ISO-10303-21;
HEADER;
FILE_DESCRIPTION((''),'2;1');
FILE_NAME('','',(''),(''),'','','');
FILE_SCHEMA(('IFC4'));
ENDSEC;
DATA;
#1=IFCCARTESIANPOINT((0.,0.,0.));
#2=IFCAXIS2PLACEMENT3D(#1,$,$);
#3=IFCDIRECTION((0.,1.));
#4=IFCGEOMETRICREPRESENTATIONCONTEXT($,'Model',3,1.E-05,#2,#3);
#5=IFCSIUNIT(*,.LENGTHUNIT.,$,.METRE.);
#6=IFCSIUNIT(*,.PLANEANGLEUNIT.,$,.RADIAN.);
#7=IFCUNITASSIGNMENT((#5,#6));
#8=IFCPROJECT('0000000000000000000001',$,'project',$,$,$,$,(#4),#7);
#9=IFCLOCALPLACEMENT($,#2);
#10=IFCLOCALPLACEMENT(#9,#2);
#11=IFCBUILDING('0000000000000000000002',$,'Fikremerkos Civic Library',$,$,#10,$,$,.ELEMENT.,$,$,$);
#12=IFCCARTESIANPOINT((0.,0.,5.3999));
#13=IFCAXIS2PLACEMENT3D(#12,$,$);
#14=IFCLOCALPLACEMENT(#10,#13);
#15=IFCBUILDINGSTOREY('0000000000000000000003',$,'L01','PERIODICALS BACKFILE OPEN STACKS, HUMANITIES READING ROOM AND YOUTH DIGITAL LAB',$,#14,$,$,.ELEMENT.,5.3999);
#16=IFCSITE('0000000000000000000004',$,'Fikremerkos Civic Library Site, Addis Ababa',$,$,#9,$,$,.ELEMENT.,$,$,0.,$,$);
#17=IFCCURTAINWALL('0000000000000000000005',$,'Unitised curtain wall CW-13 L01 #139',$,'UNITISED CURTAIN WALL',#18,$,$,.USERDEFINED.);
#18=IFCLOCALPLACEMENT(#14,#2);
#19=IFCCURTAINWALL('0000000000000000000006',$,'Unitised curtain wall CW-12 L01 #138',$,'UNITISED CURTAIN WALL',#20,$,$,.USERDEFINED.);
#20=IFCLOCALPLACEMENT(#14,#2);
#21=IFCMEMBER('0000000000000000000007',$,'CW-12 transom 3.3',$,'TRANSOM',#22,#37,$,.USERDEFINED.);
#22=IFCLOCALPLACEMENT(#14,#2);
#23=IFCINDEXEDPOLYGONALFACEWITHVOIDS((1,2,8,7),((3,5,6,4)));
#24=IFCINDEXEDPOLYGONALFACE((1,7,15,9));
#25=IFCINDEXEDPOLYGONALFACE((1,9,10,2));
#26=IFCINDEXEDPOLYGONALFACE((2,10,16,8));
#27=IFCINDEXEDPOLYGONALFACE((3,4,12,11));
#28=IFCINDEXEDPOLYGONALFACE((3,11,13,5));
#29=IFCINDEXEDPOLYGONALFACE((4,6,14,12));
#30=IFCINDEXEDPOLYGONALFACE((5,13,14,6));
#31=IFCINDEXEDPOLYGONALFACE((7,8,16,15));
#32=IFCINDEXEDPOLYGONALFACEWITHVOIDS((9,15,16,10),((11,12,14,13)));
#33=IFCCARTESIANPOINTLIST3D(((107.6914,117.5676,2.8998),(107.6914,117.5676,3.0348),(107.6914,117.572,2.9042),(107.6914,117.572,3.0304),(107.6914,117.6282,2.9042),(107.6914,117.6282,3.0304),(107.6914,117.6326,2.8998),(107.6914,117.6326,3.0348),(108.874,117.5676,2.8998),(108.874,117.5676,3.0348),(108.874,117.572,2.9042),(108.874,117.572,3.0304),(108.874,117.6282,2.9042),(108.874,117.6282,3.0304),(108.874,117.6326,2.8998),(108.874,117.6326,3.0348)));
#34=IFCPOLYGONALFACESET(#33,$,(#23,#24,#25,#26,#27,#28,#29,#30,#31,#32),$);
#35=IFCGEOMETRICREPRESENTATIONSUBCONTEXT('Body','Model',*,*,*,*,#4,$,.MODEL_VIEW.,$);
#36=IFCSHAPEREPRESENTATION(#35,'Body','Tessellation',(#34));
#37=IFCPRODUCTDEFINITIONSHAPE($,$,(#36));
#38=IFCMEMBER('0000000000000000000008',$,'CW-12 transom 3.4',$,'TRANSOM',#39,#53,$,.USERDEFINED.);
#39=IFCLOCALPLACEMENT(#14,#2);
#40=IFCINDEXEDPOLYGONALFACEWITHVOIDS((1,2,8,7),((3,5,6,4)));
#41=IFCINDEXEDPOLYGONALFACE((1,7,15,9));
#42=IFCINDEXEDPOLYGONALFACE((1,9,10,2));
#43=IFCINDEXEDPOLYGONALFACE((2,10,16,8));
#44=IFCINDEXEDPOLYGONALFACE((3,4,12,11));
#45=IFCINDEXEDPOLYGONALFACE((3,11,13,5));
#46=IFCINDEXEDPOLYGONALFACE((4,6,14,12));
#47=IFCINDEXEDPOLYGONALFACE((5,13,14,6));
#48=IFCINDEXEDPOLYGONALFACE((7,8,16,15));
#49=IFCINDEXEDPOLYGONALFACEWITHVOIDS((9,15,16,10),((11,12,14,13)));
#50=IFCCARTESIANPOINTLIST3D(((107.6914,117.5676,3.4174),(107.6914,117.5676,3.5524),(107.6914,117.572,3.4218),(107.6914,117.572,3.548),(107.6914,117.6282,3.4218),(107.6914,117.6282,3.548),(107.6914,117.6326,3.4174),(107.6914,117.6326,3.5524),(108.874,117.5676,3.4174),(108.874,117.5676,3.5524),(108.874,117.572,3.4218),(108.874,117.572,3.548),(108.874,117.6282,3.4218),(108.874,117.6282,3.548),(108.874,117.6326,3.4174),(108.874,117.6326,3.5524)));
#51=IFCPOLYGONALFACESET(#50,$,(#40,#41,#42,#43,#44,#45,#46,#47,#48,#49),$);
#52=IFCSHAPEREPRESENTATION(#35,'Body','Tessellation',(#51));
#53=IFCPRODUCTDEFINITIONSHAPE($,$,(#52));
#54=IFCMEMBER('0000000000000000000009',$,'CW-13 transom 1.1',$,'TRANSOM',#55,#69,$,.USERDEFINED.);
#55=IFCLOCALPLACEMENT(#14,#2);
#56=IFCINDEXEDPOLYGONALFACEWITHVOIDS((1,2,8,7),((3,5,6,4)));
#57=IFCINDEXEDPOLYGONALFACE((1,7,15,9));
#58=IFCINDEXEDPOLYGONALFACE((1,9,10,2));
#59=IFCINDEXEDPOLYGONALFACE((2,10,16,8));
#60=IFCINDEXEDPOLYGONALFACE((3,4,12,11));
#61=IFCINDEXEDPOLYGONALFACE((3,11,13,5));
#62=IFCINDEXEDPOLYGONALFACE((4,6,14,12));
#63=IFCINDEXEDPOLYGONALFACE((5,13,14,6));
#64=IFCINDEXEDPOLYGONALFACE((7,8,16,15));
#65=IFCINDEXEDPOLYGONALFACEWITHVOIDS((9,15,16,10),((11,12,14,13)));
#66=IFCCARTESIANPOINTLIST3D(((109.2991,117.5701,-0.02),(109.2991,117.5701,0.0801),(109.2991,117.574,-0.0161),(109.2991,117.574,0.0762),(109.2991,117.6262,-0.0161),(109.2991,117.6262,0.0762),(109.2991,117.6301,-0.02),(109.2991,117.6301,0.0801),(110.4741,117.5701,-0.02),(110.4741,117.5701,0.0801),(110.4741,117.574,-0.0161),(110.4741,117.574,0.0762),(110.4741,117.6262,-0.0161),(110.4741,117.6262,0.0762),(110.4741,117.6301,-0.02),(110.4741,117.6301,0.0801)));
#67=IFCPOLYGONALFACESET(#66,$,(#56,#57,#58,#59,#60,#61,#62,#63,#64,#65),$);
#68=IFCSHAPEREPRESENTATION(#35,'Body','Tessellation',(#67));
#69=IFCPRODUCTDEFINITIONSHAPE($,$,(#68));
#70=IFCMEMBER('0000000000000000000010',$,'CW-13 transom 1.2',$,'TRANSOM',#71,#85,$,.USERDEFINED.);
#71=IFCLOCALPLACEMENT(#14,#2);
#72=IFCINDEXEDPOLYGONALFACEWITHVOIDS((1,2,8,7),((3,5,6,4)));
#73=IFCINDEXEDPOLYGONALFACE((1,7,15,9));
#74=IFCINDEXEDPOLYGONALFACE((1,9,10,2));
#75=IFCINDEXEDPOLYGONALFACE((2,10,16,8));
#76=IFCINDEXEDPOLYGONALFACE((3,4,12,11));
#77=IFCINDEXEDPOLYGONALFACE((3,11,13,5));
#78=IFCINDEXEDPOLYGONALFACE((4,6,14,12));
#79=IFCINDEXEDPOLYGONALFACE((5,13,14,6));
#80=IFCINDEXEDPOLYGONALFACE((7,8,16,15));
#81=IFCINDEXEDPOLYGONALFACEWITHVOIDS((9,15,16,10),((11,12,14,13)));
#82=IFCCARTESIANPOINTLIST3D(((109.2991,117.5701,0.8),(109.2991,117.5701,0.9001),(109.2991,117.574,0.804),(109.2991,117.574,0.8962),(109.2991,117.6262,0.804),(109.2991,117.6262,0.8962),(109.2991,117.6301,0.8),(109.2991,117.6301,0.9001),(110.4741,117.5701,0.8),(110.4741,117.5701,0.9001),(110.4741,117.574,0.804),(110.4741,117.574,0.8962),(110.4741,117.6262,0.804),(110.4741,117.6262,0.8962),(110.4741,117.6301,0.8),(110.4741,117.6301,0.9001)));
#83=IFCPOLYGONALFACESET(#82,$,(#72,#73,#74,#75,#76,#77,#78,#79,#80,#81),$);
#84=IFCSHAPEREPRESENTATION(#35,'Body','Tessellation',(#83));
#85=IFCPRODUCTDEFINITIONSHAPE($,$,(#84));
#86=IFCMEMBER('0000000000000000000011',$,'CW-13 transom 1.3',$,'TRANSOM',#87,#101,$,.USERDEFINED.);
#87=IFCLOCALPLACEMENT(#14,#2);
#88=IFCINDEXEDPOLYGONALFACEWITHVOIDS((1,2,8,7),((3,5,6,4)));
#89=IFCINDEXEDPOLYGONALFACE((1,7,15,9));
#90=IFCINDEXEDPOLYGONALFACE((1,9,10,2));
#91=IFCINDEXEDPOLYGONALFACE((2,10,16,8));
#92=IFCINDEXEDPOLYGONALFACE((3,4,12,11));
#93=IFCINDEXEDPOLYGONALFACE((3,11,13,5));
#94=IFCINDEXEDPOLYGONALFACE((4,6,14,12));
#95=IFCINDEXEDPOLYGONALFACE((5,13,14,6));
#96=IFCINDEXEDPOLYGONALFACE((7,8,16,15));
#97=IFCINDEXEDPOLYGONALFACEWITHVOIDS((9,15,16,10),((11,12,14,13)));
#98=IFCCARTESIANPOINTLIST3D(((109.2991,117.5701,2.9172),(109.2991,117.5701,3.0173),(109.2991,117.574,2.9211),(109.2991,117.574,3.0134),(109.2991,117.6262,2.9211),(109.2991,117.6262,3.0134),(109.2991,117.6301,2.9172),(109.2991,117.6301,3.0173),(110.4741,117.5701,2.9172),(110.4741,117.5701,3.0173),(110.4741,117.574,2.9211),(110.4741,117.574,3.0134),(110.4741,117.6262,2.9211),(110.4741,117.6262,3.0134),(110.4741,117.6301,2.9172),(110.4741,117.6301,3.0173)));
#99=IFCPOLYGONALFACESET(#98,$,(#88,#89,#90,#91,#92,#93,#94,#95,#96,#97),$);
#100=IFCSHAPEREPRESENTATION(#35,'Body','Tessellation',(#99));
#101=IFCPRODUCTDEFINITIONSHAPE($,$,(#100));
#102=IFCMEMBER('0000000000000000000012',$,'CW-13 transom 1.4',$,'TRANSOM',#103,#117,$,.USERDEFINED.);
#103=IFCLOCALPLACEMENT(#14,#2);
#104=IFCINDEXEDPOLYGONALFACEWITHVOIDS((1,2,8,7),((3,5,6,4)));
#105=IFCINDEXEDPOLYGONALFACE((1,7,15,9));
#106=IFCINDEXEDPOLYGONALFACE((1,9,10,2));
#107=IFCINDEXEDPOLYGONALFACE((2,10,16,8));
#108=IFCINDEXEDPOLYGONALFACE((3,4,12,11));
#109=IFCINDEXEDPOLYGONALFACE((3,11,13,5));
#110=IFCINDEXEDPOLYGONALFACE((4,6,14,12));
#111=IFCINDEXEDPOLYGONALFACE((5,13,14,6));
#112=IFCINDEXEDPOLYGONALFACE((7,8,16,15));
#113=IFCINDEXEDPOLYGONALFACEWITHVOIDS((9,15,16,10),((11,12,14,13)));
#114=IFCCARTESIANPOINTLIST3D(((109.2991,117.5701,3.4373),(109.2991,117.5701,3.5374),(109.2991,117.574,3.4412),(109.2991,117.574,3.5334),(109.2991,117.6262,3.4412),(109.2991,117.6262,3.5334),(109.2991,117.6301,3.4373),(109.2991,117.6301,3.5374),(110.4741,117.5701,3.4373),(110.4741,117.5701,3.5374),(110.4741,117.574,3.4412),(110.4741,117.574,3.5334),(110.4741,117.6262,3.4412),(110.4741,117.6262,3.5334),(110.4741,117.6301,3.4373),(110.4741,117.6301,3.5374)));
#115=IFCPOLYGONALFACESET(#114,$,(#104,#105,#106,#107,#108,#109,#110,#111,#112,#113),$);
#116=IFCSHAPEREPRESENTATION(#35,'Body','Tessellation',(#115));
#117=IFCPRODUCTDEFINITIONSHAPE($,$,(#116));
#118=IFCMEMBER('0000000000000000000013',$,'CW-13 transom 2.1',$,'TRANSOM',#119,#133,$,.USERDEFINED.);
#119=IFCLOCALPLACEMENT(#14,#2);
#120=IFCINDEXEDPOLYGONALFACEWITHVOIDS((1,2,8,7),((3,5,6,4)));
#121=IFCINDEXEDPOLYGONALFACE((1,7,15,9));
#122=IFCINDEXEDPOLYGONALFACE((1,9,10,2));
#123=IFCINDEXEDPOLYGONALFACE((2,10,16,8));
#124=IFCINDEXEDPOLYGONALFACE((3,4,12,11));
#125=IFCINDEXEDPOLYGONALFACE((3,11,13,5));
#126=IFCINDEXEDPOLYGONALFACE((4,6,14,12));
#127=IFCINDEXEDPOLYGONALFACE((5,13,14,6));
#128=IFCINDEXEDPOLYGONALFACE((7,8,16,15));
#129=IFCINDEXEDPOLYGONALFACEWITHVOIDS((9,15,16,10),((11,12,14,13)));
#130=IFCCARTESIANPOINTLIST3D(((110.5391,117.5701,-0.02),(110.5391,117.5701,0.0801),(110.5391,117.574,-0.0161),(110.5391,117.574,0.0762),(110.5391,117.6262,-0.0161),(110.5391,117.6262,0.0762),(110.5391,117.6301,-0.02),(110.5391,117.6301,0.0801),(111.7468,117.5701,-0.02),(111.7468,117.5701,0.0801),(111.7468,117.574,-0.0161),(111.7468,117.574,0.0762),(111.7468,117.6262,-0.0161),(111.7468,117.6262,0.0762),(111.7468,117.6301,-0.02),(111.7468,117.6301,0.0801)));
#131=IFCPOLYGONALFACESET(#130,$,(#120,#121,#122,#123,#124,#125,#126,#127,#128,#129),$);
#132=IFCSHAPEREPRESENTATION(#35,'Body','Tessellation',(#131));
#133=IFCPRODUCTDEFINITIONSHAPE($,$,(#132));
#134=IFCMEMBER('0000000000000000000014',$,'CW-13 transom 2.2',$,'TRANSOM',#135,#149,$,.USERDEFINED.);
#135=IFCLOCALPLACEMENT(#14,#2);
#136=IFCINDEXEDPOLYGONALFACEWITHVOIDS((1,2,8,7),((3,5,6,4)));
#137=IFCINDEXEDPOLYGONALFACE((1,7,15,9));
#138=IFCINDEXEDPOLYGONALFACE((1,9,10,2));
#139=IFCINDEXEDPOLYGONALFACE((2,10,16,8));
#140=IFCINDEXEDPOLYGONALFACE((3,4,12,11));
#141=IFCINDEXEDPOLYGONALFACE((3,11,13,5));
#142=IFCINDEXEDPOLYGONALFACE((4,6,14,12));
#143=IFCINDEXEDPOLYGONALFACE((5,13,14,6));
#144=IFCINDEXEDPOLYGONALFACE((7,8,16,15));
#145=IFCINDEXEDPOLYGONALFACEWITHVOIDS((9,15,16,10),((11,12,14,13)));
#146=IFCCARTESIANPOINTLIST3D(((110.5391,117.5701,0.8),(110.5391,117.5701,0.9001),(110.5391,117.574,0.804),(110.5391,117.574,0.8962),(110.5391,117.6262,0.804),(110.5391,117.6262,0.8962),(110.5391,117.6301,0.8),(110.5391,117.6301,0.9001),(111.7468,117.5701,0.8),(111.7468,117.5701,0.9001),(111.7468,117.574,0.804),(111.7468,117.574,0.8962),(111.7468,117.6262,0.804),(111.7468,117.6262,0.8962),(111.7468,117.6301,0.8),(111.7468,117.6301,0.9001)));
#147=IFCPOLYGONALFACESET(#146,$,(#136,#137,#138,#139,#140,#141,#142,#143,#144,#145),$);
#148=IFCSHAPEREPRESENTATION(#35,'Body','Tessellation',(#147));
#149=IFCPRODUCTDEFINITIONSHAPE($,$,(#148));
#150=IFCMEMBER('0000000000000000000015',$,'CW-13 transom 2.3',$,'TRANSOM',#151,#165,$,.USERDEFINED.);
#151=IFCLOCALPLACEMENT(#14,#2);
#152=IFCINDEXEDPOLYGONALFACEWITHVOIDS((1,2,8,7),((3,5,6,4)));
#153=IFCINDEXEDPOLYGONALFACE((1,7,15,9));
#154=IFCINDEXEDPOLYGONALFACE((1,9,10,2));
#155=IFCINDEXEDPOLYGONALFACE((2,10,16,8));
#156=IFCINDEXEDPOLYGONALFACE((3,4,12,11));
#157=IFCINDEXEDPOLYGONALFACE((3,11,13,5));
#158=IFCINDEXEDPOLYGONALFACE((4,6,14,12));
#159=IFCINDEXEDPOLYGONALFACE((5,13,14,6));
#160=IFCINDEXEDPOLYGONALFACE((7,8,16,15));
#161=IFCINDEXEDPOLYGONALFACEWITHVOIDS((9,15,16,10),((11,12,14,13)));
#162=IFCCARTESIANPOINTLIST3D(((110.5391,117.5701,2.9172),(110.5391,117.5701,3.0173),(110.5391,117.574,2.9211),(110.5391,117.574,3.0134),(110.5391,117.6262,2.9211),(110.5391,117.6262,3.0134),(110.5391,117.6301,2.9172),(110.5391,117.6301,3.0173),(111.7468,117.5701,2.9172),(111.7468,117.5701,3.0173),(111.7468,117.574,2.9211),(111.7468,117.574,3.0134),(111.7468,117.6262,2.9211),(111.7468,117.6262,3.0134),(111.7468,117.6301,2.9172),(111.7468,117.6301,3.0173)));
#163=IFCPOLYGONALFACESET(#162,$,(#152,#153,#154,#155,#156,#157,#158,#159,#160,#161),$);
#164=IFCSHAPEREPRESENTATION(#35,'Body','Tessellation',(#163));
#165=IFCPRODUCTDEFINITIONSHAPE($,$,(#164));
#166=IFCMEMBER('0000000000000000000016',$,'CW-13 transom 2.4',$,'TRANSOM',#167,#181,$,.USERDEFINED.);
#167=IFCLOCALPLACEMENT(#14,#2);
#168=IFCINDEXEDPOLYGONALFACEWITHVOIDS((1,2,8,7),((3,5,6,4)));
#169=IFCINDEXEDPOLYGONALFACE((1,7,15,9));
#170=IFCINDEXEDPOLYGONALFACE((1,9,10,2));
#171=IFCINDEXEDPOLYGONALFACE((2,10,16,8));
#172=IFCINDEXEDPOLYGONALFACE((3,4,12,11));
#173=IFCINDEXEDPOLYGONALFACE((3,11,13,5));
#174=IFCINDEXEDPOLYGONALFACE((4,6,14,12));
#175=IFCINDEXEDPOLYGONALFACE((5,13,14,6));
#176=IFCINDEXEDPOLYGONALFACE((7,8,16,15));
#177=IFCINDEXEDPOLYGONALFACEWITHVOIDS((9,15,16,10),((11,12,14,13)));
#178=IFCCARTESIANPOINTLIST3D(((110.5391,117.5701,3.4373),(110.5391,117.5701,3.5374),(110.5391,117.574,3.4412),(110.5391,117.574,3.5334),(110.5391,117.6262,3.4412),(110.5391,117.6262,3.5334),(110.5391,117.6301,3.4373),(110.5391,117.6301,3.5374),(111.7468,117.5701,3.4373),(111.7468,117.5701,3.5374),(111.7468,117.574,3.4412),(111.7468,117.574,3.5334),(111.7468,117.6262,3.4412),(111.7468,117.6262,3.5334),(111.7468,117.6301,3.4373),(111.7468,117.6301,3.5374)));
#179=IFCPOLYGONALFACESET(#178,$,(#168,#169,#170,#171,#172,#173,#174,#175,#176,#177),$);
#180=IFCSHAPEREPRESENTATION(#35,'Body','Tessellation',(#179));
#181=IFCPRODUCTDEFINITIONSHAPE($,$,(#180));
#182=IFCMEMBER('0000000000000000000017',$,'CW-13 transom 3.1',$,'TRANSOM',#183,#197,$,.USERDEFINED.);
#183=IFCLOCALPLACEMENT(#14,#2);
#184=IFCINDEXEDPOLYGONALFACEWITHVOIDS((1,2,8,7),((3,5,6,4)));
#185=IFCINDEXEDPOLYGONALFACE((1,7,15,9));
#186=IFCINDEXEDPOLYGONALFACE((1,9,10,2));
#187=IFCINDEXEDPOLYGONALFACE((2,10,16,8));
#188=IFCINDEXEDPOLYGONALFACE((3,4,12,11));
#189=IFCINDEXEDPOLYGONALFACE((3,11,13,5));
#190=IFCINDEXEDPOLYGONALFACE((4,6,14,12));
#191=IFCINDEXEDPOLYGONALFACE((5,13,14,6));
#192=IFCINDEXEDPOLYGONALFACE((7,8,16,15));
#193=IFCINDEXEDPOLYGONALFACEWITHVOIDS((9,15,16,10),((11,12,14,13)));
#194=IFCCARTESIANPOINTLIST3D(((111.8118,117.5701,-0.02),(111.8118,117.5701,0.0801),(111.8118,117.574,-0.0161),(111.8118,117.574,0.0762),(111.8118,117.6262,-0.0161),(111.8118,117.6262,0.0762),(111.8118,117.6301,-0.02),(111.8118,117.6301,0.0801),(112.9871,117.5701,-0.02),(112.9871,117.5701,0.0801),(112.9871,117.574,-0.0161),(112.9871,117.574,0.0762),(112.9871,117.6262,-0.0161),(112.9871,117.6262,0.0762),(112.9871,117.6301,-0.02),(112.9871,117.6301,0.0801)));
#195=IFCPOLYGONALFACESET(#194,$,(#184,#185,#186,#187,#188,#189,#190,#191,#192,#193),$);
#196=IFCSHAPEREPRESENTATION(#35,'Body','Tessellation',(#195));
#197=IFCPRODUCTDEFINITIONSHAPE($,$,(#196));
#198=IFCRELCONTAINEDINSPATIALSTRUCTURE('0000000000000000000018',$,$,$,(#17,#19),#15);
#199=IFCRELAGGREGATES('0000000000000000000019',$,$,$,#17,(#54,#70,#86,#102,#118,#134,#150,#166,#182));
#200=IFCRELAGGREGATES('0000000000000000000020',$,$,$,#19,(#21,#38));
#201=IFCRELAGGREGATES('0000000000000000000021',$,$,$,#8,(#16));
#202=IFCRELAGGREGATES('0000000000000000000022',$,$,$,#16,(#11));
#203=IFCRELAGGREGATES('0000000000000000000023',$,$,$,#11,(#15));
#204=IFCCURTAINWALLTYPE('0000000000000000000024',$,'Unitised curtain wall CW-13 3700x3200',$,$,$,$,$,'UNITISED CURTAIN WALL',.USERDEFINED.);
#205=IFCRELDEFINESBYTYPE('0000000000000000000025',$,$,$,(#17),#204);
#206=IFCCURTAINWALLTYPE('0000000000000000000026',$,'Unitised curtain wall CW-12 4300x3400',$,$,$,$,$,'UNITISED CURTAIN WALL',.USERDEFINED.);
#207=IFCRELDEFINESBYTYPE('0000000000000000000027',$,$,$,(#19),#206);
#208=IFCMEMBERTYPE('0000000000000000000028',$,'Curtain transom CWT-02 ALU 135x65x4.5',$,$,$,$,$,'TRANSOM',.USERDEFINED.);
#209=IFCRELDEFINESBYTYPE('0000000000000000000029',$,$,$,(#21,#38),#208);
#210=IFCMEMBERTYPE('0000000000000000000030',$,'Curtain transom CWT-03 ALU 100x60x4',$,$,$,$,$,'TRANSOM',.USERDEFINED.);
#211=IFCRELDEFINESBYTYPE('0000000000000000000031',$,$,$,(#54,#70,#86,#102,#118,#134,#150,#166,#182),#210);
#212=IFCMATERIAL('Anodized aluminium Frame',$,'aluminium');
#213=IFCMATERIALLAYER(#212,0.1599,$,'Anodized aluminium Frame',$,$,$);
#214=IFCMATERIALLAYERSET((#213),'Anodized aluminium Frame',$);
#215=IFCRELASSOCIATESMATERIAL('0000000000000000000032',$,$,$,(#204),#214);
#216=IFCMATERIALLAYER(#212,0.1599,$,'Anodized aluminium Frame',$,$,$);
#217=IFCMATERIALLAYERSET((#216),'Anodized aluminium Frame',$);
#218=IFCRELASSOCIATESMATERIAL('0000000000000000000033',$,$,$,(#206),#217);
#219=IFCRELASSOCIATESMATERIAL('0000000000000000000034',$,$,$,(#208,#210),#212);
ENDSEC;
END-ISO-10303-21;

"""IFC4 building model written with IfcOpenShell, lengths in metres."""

from ifc_helpers import new_model, si_unit, direction, frame, origin, origin_2d, place, context, subcontext, project, spatial, hollow_rectangle, extrude, material, layer, layer_set, material_profile, profile_set, type_object, element, aggregate, save


model = new_model("IFC4")

# Units and contexts
model_context = context("Model", 3, precision=1e-05, world=origin(), true_north=direction((0.0, 1.0)))
body_context = subcontext(model_context, "Body", "Model", "MODEL_VIEW")
ifc_project = project(units=[si_unit("LENGTHUNIT", "METRE"), si_unit("PLANEANGLEUNIT", "RADIAN")], contexts=[model_context])

# Site, building, storey
site_placement = place(None, origin())
site = spatial("IfcSite", under=ifc_project, at=site_placement, Name="Fikremerkos Civic Library Site, Addis Ababa", CompositionType="ELEMENT", RefElevation=0.0)
building_placement = place(site_placement, origin())
building = spatial("IfcBuilding", under=site, at=building_placement, Name="Fikremerkos Civic Library", CompositionType="ELEMENT")
storey_placement = place(building_placement, frame((0.0, 0.0, 5.3999)))
storey = spatial("IfcBuildingStorey", under=building, at=storey_placement, Name="L01", Description="PERIODICALS BACKFILE OPEN STACKS, HUMANITIES READING ROOM AND YOUTH DIGITAL LAB", CompositionType="ELEMENT", Elevation=5.3999)

# Curtain walls, members
ifc_material_1 = material(Name="Anodized aluminium Frame", Category="aluminium")
ifc_layer_1 = layer(ifc_material_1, 0.1599, Name="Anodized aluminium Frame")
ifc_layer_set_1 = layer_set([ifc_layer_1], Name="Anodized aluminium Frame")
curtain_wall_type_1 = type_object("IfcCurtainWallType", Name="Unitised curtain wall CW-13 3700x3200", ElementType="UNITISED CURTAIN WALL", PredefinedType="USERDEFINED", material=ifc_layer_set_1)
curtain_wall_1_placement = place(storey_placement, origin())
curtain_wall_1 = element("IfcCurtainWall", 1, at=curtain_wall_1_placement, inside=storey, type_object=curtain_wall_type_1, Name="Unitised curtain wall CW-13 L01 #139", ObjectType="UNITISED CURTAIN WALL", PredefinedType="USERDEFINED")
ifc_layer_2 = layer(ifc_material_1, 0.1599, Name="Anodized aluminium Frame")
ifc_layer_set_2 = layer_set([ifc_layer_2], Name="Anodized aluminium Frame")
curtain_wall_type_2 = type_object("IfcCurtainWallType", Name="Unitised curtain wall CW-12 4300x3400", ElementType="UNITISED CURTAIN WALL", PredefinedType="USERDEFINED", material=ifc_layer_set_2)
curtain_wall_2_placement = place(storey_placement, origin())
curtain_wall_2 = element("IfcCurtainWall", 2, at=curtain_wall_2_placement, inside=storey, type_object=curtain_wall_type_2, Name="Unitised curtain wall CW-12 L01 #138", ObjectType="UNITISED CURTAIN WALL", PredefinedType="USERDEFINED")
ifc_material_profile_1 = material_profile(ifc_material_1, hollow_rectangle(XDim=0.0649, YDim=0.135, WallThickness=0.0044, at=origin_2d()), Name="ALU 135x65x4.5")
ifc_profile_set_1 = profile_set([ifc_material_profile_1], Name="Anodized aluminium Frame")
member_type_1 = type_object("IfcMemberType", Name="Curtain transom CWT-02 ALU 135x65x4.5", ElementType="TRANSOM", PredefinedType="USERDEFINED", material=ifc_profile_set_1)
member_1_placement = place(storey_placement, frame((107.6914, 117.6001, 2.9673), z_axis=(1.0, 0.0, 0.0), x_axis=(0.0, 1.0, 0.0)))
member_1 = element("IfcMember", 3, at=member_1_placement, type_object=member_type_1, Name="CW-12 transom 3.3", ObjectType="TRANSOM", PredefinedType="USERDEFINED", context=body_context, shape_type="SweptSolid", body=[
    extrude(hollow_rectangle(XDim=0.0649, YDim=0.135, WallThickness=0.0044, at=origin_2d()), origin(), (0.0, 0.0, 1.0), 1.1826),
])
member_2_placement = place(storey_placement, frame((107.6914, 117.6001, 3.4849), z_axis=(1.0, 0.0, 0.0), x_axis=(0.0, 1.0, 0.0)))
member_2 = element("IfcMember", 4, at=member_2_placement, type_object=member_type_1, Name="CW-12 transom 3.4", ObjectType="TRANSOM", PredefinedType="USERDEFINED", context=body_context, shape_type="SweptSolid", body=[
    extrude(hollow_rectangle(XDim=0.0649, YDim=0.135, WallThickness=0.0044, at=origin_2d()), origin(), (0.0, 0.0, 1.0), 1.1826),
])

# Members
ifc_material_profile_2 = material_profile(ifc_material_1, hollow_rectangle(XDim=0.0601, YDim=0.1001, WallThickness=0.0039, at=origin_2d()), Name="ALU 100x60x4")
ifc_profile_set_2 = profile_set([ifc_material_profile_2], Name="Anodized aluminium Frame")
member_type_2 = type_object("IfcMemberType", Name="Curtain transom CWT-03 ALU 100x60x4", ElementType="TRANSOM", PredefinedType="USERDEFINED", material=ifc_profile_set_2)
member_3_placement = place(storey_placement, frame((109.2991, 117.6001, 0.03), z_axis=(1.0, 0.0, 0.0), x_axis=(0.0, 1.0, 0.0)))
member_3 = element("IfcMember", 5, at=member_3_placement, type_object=member_type_2, Name="CW-13 transom 1.1", ObjectType="TRANSOM", PredefinedType="USERDEFINED", context=body_context, shape_type="SweptSolid", body=[
    extrude(hollow_rectangle(XDim=0.0601, YDim=0.1001, WallThickness=0.0039, at=origin_2d()), origin(), (0.0, 0.0, 1.0), 1.175),
])
member_4_placement = place(storey_placement, frame((109.2991, 117.6001, 0.8501), z_axis=(1.0, 0.0, 0.0), x_axis=(0.0, 1.0, 0.0)))
member_4 = element("IfcMember", 6, at=member_4_placement, type_object=member_type_2, Name="CW-13 transom 1.2", ObjectType="TRANSOM", PredefinedType="USERDEFINED", context=body_context, shape_type="SweptSolid", body=[
    extrude(hollow_rectangle(XDim=0.0601, YDim=0.1001, WallThickness=0.0039, at=origin_2d()), origin(), (0.0, 0.0, 1.0), 1.175),
])
member_5_placement = place(storey_placement, frame((109.2991, 117.6001, 2.9673), z_axis=(1.0, 0.0, 0.0), x_axis=(0.0, 1.0, 0.0)))
member_5 = element("IfcMember", 7, at=member_5_placement, type_object=member_type_2, Name="CW-13 transom 1.3", ObjectType="TRANSOM", PredefinedType="USERDEFINED", context=body_context, shape_type="SweptSolid", body=[
    extrude(hollow_rectangle(XDim=0.0601, YDim=0.1001, WallThickness=0.0039, at=origin_2d()), origin(), (0.0, 0.0, 1.0), 1.175),
])
member_6_placement = place(storey_placement, frame((109.2991, 117.6001, 3.4873), z_axis=(1.0, 0.0, 0.0), x_axis=(0.0, 1.0, 0.0)))
member_6 = element("IfcMember", 8, at=member_6_placement, type_object=member_type_2, Name="CW-13 transom 1.4", ObjectType="TRANSOM", PredefinedType="USERDEFINED", context=body_context, shape_type="SweptSolid", body=[
    extrude(hollow_rectangle(XDim=0.0601, YDim=0.1001, WallThickness=0.0039, at=origin_2d()), origin(), (0.0, 0.0, 1.0), 1.175),
])
member_7_placement = place(storey_placement, frame((110.5391, 117.6001, 0.03), z_axis=(1.0, 0.0, 0.0), x_axis=(0.0, 1.0, 0.0)))
member_7 = element("IfcMember", 9, at=member_7_placement, type_object=member_type_2, Name="CW-13 transom 2.1", ObjectType="TRANSOM", PredefinedType="USERDEFINED", context=body_context, shape_type="SweptSolid", body=[
    extrude(hollow_rectangle(XDim=0.0601, YDim=0.1001, WallThickness=0.0039, at=origin_2d()), origin(), (0.0, 0.0, 1.0), 1.2078),
])
member_8_placement = place(storey_placement, frame((110.5391, 117.6001, 0.8501), z_axis=(1.0, 0.0, 0.0), x_axis=(0.0, 1.0, 0.0)))
member_8 = element("IfcMember", 10, at=member_8_placement, type_object=member_type_2, Name="CW-13 transom 2.2", ObjectType="TRANSOM", PredefinedType="USERDEFINED", context=body_context, shape_type="SweptSolid", body=[
    extrude(hollow_rectangle(XDim=0.0601, YDim=0.1001, WallThickness=0.0039, at=origin_2d()), origin(), (0.0, 0.0, 1.0), 1.2078),
])
member_9_placement = place(storey_placement, frame((110.5391, 117.6001, 2.9673), z_axis=(1.0, 0.0, 0.0), x_axis=(0.0, 1.0, 0.0)))
member_9 = element("IfcMember", 11, at=member_9_placement, type_object=member_type_2, Name="CW-13 transom 2.3", ObjectType="TRANSOM", PredefinedType="USERDEFINED", context=body_context, shape_type="SweptSolid", body=[
    extrude(hollow_rectangle(XDim=0.0601, YDim=0.1001, WallThickness=0.0039, at=origin_2d()), origin(), (0.0, 0.0, 1.0), 1.2078),
])
member_10_placement = place(storey_placement, frame((110.5391, 117.6001, 3.4873), z_axis=(1.0, 0.0, 0.0), x_axis=(0.0, 1.0, 0.0)))
member_10 = element("IfcMember", 12, at=member_10_placement, type_object=member_type_2, Name="CW-13 transom 2.4", ObjectType="TRANSOM", PredefinedType="USERDEFINED", context=body_context, shape_type="SweptSolid", body=[
    extrude(hollow_rectangle(XDim=0.0601, YDim=0.1001, WallThickness=0.0039, at=origin_2d()), origin(), (0.0, 0.0, 1.0), 1.2078),
])
member_11_placement = place(storey_placement, frame((111.8118, 117.6001, 0.03), z_axis=(1.0, 0.0, 0.0), x_axis=(0.0, 1.0, 0.0)))
member_11 = element("IfcMember", 13, at=member_11_placement, type_object=member_type_2, Name="CW-13 transom 3.1", ObjectType="TRANSOM", PredefinedType="USERDEFINED", context=body_context, shape_type="SweptSolid", body=[
    extrude(hollow_rectangle(XDim=0.0601, YDim=0.1001, WallThickness=0.0039, at=origin_2d()), origin(), (0.0, 0.0, 1.0), 1.1753),
])

aggregate(curtain_wall_1, [member_3, member_4, member_5, member_6, member_7, member_8, member_9, member_10, member_11])
aggregate(curtain_wall_2, [member_1, member_2])

save(model, "model.ifc")
